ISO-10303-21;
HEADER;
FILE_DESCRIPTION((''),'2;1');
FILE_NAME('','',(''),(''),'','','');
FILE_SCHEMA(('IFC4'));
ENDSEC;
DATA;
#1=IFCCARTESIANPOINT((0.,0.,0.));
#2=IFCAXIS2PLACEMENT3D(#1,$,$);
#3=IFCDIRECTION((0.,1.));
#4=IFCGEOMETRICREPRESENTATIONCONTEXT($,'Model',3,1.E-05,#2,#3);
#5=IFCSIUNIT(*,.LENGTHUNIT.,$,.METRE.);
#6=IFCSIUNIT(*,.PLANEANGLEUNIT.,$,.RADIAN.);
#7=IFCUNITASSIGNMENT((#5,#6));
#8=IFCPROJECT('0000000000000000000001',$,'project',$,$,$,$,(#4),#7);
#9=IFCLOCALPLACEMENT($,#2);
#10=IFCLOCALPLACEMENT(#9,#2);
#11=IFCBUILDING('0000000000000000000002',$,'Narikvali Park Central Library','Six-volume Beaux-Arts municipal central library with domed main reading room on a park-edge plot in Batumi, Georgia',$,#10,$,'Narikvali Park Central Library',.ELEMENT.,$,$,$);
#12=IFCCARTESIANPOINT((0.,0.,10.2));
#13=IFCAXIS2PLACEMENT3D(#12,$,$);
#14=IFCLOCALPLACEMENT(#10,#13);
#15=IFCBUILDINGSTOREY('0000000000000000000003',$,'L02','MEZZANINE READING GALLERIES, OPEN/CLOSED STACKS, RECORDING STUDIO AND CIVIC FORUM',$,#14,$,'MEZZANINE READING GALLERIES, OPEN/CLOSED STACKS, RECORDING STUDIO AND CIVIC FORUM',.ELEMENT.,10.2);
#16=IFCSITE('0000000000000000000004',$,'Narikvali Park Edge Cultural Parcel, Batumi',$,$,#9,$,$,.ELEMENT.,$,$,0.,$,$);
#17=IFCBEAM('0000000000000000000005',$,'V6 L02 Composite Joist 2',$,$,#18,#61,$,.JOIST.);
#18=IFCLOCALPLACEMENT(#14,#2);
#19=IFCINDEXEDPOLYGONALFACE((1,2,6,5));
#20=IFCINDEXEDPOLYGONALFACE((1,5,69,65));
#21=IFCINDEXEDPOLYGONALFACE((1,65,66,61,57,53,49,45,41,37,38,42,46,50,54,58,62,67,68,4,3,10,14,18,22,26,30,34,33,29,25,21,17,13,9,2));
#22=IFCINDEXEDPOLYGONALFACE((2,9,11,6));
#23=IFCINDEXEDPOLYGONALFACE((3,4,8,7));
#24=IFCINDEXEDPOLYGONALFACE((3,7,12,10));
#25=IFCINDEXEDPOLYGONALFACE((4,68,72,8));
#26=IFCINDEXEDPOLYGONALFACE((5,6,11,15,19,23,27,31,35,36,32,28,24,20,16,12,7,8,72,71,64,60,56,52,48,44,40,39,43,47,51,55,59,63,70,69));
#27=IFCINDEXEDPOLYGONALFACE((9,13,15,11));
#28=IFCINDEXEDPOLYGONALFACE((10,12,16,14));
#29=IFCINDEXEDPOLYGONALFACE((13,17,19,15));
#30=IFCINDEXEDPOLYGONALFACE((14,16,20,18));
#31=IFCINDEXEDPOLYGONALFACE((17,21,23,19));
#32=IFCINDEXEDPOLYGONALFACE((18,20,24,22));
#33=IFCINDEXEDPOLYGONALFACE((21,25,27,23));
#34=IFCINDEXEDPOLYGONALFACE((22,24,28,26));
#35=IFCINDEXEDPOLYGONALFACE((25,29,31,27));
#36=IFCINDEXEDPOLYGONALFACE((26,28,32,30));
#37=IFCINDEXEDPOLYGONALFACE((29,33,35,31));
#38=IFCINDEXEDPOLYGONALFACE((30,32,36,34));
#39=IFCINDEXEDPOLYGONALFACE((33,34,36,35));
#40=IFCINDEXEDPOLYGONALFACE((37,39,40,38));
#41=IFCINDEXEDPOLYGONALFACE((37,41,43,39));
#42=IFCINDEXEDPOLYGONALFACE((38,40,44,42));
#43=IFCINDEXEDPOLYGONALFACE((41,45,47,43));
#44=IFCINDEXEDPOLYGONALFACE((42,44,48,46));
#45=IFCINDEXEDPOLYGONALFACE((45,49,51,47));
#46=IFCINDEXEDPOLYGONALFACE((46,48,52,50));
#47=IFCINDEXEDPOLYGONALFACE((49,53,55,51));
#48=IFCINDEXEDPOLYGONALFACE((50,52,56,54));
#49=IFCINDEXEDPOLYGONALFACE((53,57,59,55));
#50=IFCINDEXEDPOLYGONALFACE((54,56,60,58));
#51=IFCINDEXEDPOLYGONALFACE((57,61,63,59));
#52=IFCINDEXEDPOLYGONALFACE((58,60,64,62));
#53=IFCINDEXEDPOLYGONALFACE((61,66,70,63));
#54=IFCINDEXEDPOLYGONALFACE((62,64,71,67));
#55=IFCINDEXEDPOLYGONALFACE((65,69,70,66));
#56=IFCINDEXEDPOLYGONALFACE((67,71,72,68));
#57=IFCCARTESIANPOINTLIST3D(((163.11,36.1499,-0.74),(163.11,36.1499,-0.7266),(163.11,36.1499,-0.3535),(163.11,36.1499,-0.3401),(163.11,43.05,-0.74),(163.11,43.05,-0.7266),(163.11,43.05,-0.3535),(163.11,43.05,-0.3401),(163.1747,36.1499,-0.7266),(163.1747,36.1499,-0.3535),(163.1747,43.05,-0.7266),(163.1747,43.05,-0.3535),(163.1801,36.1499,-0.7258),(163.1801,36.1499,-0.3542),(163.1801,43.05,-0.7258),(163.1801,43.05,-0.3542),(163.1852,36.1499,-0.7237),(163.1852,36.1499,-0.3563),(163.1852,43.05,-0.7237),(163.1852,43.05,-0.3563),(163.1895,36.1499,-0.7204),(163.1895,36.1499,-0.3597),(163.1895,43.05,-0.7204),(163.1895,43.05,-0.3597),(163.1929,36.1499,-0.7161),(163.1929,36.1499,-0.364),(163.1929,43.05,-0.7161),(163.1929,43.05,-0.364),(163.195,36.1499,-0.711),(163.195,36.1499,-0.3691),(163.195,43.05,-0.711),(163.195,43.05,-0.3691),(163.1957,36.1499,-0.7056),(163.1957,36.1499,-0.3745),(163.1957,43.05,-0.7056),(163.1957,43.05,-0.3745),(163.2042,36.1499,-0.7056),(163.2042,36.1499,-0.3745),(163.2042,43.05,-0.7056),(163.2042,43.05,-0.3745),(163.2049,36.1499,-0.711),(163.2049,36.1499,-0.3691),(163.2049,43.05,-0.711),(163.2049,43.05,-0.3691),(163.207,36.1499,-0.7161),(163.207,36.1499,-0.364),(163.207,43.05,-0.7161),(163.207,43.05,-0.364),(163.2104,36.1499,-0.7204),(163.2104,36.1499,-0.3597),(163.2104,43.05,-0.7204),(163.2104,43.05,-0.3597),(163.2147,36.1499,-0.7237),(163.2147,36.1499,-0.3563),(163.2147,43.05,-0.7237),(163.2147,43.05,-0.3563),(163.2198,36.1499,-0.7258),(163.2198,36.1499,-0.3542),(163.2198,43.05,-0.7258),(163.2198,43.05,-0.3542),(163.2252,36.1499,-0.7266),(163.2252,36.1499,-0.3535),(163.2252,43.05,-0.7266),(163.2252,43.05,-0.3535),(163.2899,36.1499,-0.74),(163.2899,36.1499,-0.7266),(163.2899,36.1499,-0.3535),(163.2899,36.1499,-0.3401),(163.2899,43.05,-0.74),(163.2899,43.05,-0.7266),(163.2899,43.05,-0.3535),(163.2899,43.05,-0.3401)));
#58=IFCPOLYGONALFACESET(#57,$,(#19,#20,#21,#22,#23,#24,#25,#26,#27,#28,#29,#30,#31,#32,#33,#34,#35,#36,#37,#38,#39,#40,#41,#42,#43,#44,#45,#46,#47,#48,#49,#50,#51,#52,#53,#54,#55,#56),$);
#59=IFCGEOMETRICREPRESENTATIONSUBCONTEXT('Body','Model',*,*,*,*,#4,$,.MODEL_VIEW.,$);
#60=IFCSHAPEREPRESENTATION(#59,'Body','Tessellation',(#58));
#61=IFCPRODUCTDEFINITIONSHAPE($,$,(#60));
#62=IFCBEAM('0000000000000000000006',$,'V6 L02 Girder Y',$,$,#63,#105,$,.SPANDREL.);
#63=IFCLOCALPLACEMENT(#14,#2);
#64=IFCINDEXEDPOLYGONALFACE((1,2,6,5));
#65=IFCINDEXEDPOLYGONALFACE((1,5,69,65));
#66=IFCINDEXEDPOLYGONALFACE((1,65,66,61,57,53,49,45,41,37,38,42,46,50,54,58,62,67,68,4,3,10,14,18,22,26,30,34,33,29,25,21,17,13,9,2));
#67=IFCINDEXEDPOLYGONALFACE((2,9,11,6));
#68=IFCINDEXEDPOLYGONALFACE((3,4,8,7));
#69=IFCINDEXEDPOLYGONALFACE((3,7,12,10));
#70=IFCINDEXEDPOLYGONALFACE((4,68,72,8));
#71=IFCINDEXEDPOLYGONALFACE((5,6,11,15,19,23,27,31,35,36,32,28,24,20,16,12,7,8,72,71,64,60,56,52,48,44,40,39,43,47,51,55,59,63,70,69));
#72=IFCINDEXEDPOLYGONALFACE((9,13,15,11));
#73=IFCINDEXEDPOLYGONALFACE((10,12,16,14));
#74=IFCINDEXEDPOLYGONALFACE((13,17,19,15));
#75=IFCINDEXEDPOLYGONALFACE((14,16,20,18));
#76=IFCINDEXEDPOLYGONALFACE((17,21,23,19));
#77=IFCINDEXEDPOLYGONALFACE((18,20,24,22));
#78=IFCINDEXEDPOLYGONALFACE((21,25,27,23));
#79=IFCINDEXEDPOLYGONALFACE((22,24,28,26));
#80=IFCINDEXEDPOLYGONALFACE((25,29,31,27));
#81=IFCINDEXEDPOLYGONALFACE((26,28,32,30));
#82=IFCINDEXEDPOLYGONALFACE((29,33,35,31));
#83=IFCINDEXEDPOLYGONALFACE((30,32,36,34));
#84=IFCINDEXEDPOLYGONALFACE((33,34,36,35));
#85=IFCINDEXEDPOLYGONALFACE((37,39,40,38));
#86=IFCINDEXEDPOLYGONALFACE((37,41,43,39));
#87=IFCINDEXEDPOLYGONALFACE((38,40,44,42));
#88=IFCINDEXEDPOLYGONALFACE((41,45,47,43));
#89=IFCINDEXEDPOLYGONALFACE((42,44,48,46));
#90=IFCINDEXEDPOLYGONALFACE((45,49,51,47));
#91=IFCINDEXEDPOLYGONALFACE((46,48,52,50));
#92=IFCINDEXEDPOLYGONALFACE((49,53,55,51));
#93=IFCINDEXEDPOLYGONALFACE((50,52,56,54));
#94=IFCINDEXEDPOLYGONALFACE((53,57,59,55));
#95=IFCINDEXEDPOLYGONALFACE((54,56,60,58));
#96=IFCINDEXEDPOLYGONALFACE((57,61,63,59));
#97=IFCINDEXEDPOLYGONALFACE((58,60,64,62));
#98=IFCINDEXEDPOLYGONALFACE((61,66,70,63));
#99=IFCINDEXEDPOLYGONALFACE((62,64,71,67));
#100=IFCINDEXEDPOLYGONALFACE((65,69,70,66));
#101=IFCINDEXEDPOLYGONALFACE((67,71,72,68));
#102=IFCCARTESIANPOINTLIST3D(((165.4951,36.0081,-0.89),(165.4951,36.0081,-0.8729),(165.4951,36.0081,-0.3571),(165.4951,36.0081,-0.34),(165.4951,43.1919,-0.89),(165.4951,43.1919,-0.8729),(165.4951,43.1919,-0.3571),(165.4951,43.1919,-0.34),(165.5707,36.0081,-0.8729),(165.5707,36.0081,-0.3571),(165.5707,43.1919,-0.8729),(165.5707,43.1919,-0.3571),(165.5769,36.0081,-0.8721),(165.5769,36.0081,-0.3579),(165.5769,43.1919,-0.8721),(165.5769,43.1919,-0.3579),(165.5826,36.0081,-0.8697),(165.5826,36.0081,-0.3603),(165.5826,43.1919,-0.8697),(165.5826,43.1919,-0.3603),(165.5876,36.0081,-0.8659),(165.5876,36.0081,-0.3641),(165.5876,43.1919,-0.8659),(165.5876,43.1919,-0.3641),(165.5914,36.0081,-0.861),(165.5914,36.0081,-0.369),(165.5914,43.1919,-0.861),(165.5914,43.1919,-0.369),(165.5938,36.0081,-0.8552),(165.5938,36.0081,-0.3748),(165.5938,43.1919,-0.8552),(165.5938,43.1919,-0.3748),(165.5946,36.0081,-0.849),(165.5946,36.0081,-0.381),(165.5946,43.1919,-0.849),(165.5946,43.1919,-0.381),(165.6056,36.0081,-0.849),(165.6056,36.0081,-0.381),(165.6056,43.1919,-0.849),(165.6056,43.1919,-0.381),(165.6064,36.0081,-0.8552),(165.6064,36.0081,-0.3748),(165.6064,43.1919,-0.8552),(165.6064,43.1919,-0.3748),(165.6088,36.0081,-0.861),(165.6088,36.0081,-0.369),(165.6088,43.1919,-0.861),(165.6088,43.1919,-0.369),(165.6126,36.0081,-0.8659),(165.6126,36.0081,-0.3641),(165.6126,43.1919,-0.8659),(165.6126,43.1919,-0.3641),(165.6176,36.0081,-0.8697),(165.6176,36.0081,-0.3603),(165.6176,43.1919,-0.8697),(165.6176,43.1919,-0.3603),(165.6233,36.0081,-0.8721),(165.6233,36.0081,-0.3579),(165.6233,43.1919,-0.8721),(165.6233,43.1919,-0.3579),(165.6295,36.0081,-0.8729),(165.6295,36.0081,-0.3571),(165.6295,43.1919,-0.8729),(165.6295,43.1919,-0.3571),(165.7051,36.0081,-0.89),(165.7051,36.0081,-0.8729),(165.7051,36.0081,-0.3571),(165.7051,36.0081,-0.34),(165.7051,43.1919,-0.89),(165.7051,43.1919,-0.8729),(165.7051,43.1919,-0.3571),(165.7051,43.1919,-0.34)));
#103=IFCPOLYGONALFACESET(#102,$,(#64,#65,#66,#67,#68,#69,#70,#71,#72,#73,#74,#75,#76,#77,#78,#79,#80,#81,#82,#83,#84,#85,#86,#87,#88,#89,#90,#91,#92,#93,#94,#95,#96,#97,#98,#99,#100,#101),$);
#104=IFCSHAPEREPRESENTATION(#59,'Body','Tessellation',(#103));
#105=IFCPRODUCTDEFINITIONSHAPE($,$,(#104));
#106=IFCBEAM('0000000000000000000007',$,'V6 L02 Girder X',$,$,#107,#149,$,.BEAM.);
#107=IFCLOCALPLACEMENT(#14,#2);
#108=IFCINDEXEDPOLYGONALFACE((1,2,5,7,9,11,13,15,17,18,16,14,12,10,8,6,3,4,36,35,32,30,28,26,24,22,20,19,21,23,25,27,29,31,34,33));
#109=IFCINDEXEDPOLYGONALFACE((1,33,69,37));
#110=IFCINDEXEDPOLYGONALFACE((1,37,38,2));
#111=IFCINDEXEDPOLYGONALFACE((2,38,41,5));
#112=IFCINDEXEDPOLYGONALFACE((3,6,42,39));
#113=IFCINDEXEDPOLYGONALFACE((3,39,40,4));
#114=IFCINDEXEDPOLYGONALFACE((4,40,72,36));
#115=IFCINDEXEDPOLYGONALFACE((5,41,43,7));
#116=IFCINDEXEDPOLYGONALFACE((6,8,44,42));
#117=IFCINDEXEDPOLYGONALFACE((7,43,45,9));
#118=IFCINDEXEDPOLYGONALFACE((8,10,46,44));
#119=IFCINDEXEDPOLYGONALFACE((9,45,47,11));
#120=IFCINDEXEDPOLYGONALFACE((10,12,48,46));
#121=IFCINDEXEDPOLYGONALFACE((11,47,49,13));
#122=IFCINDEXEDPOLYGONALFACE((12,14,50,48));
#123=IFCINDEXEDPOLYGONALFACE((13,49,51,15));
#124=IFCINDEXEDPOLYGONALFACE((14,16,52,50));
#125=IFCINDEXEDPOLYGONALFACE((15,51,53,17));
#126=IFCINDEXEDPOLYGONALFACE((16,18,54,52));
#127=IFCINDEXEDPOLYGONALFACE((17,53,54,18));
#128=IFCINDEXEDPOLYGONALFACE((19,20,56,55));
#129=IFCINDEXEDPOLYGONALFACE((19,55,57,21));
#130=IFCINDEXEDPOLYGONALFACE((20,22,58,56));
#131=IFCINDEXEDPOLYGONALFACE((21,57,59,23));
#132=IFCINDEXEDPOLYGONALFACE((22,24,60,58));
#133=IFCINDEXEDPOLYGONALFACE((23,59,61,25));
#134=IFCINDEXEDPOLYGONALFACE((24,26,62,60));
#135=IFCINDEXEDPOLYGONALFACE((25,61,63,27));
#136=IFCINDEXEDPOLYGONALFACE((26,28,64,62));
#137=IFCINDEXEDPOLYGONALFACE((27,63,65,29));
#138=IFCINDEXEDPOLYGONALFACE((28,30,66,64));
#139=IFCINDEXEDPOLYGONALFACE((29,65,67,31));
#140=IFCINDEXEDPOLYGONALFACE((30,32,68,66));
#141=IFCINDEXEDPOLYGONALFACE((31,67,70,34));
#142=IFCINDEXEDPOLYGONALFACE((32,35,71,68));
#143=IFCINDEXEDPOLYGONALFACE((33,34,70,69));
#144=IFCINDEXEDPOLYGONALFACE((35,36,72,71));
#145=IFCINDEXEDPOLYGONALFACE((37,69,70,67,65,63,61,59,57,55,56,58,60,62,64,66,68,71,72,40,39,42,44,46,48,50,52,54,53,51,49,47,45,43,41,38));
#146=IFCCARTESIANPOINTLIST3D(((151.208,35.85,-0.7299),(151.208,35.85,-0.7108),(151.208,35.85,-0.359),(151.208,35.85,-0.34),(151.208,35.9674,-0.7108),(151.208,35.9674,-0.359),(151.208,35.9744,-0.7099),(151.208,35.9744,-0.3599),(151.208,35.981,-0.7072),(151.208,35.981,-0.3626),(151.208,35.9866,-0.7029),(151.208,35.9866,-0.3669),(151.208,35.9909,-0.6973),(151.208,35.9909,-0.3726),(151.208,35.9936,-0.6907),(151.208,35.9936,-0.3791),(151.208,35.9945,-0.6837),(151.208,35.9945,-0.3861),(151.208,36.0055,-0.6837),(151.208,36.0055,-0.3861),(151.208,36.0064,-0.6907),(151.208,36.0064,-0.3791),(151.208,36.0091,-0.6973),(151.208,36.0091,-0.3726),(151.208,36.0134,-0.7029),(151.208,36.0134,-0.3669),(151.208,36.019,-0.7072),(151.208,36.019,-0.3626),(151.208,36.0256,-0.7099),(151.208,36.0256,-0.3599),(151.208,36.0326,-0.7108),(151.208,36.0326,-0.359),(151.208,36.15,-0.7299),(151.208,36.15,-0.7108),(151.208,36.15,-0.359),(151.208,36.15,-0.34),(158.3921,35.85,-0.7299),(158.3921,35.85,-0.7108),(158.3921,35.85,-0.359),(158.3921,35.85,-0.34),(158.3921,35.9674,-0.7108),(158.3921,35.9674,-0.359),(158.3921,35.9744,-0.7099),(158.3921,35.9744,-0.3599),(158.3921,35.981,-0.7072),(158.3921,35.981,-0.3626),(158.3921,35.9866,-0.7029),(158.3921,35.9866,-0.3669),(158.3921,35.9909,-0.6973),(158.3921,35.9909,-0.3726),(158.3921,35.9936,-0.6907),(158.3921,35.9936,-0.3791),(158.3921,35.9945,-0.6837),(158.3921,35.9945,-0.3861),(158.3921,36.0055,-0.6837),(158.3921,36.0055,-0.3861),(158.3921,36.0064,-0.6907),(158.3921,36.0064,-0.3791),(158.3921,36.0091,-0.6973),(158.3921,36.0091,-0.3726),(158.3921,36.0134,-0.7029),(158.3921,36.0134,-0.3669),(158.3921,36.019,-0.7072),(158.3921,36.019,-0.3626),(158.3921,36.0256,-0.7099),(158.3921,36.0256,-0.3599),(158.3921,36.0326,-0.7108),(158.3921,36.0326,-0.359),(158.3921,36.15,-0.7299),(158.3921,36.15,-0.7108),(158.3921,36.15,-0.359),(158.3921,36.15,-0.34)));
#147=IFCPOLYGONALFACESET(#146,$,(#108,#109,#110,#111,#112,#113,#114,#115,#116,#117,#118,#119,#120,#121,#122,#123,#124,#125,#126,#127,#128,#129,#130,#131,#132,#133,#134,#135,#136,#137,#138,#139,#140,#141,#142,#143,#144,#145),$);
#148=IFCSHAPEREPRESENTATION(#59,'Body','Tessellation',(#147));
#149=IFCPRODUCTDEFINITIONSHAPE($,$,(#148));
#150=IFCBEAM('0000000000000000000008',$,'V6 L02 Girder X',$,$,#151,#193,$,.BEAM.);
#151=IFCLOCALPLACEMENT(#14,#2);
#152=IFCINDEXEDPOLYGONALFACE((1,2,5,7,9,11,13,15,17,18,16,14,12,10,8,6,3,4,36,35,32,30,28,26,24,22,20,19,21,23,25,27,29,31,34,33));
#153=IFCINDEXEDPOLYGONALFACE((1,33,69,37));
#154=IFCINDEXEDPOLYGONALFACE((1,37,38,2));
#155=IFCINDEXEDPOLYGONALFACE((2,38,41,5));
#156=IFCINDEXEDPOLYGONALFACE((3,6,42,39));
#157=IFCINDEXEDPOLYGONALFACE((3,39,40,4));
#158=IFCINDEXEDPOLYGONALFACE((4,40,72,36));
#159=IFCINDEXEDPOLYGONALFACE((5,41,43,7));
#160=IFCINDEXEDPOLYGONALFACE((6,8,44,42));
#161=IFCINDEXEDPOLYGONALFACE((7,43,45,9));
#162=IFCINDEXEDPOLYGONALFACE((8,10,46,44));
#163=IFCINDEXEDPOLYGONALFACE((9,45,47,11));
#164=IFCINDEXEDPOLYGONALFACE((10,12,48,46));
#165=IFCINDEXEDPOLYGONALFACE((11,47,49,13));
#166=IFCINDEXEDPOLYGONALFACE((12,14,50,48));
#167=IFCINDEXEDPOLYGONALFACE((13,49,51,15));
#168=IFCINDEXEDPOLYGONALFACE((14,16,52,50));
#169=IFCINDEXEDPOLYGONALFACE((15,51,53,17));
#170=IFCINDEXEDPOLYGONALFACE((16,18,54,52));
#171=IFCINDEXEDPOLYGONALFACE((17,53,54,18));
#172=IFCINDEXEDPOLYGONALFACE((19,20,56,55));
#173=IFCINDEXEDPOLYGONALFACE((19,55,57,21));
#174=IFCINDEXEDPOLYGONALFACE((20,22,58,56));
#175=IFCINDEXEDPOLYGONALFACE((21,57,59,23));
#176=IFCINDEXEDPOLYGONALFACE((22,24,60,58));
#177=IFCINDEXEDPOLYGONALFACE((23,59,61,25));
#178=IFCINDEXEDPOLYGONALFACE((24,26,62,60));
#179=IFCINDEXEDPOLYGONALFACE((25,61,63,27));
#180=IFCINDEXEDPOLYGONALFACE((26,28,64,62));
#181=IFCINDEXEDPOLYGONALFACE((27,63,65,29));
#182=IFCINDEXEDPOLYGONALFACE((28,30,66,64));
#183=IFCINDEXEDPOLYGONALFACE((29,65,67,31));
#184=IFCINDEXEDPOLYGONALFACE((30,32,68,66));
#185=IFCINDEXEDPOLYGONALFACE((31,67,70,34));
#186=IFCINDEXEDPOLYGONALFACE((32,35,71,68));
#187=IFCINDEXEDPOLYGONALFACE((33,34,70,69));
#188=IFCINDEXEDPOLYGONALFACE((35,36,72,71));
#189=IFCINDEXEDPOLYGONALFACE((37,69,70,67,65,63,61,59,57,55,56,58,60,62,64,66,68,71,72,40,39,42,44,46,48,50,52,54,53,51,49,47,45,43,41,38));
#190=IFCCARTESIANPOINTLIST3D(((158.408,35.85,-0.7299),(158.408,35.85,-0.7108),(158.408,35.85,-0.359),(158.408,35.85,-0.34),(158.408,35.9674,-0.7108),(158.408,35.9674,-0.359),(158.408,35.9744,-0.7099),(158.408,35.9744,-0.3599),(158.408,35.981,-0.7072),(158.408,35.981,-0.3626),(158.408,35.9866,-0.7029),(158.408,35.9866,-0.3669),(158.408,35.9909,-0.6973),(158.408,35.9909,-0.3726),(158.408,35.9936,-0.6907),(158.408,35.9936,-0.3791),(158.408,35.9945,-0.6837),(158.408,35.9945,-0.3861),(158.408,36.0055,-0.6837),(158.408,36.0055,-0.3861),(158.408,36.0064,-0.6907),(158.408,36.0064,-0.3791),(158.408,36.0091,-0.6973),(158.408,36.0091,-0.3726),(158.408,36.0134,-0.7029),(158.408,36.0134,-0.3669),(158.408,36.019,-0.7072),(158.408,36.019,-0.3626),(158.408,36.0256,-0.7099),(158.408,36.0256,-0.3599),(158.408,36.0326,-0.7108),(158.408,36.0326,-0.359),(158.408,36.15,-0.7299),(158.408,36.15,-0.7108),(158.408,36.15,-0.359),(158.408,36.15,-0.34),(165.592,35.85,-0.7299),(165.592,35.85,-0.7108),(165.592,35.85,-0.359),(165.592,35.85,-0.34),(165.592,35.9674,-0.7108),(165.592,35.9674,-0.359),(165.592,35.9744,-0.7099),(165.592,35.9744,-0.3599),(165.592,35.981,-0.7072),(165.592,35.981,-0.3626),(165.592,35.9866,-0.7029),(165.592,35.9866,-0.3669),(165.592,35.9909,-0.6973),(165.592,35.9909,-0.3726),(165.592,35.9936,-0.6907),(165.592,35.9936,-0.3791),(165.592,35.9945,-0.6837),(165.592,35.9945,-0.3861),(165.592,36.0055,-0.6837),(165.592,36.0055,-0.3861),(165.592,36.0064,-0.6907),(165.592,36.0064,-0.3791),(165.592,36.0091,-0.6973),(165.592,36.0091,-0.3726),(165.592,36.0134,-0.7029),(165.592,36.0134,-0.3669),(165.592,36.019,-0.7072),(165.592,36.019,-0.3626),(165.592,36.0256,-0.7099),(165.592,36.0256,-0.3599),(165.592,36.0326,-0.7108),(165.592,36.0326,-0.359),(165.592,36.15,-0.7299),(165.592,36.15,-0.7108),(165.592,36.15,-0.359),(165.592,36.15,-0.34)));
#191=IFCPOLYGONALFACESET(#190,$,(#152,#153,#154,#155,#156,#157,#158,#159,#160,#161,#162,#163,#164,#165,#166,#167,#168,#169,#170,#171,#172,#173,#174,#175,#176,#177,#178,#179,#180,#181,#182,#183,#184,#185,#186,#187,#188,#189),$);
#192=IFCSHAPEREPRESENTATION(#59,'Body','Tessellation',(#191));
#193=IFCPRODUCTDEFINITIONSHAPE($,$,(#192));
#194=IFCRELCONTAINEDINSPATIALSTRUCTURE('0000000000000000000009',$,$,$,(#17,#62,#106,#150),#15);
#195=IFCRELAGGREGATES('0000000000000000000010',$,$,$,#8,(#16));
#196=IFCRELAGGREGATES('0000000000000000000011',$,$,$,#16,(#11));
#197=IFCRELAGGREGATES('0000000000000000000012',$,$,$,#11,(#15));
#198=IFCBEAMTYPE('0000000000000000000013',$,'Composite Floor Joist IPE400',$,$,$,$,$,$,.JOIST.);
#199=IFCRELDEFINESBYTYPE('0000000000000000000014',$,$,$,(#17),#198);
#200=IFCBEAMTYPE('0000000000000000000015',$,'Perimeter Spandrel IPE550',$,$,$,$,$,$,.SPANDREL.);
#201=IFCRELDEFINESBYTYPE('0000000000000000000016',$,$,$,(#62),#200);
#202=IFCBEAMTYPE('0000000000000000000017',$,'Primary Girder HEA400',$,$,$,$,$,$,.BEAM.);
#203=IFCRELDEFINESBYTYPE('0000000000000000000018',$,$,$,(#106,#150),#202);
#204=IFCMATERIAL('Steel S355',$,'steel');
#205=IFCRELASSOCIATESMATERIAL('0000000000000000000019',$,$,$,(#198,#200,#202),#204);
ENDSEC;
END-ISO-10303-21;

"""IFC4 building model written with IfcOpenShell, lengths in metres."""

from ifc_helpers import new_model, si_unit, direction, frame, origin, origin_2d, place, context, subcontext, project, spatial, i_section, extrude, material, material_profile, profile_set, type_object, element, save


model = new_model("IFC4")

# Units and contexts
model_context = context("Model", 3, precision=1e-05, world=origin(), true_north=direction((0.0, 1.0)))
body_context = subcontext(model_context, "Body", "Model", "MODEL_VIEW")
ifc_project = project(units=[si_unit("LENGTHUNIT", "METRE"), si_unit("PLANEANGLEUNIT", "RADIAN")], contexts=[model_context])

# Site, building, storey
site_placement = place(None, origin())
site = spatial("IfcSite", under=ifc_project, at=site_placement, Name="Narikvali Park Edge Cultural Parcel, Batumi", CompositionType="ELEMENT", RefElevation=0.0)
building_placement = place(site_placement, origin())
building = spatial("IfcBuilding", under=site, at=building_placement, Name="Narikvali Park Central Library", Description="Six-volume Beaux-Arts municipal central library with domed main reading room on a park-edge plot in Batumi, Georgia", LongName="Narikvali Park Central Library", CompositionType="ELEMENT")
storey_placement = place(building_placement, frame((0.0, 0.0, 10.2)))
storey = spatial("IfcBuildingStorey", under=building, at=storey_placement, Name="L02", Description="MEZZANINE READING GALLERIES, OPEN/CLOSED STACKS, RECORDING STUDIO AND CIVIC FORUM", LongName="MEZZANINE READING GALLERIES, OPEN/CLOSED STACKS, RECORDING STUDIO AND CIVIC FORUM", CompositionType="ELEMENT", Elevation=10.2)

# Beams
ifc_material_1 = material(Name="Steel S355", Category="steel")
ifc_material_profile_1 = material_profile(ifc_material_1, i_section(OverallWidth=0.1799, OverallDepth=0.3999, WebThickness=0.0085, FlangeThickness=0.0134, FilletRadius=0.021, at=origin_2d()), Name="IPE 400")
ifc_profile_set_1 = profile_set([ifc_material_profile_1], Name="Steel S355")
beam_type_1 = type_object("IfcBeamType", Name="Composite Floor Joist IPE400", PredefinedType="JOIST", material=ifc_profile_set_1)
for number, where, z_axis, x_axis, name in (
    (1, (163.2, 36.1499, -0.54), (0.0, 1.0, 0.0), (-1.0, 0.0, 0.0), "V6 L02 Composite Joist 2"),
):
    element("IfcBeam", number, at=place(storey_placement, frame(where, z_axis=z_axis, x_axis=x_axis)), inside=storey, type_object=beam_type_1, Name=name, PredefinedType="JOIST", context=body_context, shape_type="SweptSolid", body=[
        extrude(i_section(OverallWidth=0.1799, OverallDepth=0.3999, WebThickness=0.0085, FlangeThickness=0.0134, FilletRadius=0.021, at=origin_2d()), origin(), (0.0, 0.0, 1.0), 6.9001),
    ])
ifc_material_profile_2 = material_profile(ifc_material_1, i_section(OverallWidth=0.21, OverallDepth=0.55, WebThickness=0.011, FlangeThickness=0.0171, FilletRadius=0.0239, at=origin_2d()), Name="IPE 550")
ifc_profile_set_2 = profile_set([ifc_material_profile_2], Name="Steel S355")
beam_type_2 = type_object("IfcBeamType", Name="Perimeter Spandrel IPE550", PredefinedType="SPANDREL", material=ifc_profile_set_2)
beam_placement = place(storey_placement, frame((165.6001, 36.0081, -0.615), z_axis=(0.0, 1.0, 0.0), x_axis=(-1.0, 0.0, 0.0)))
element("IfcBeam", 2, at=beam_placement, inside=storey, type_object=beam_type_2, Name="V6 L02 Girder Y", PredefinedType="SPANDREL", context=body_context, shape_type="SweptSolid", body=[
    extrude(i_section(OverallWidth=0.21, OverallDepth=0.55, WebThickness=0.011, FlangeThickness=0.0171, FilletRadius=0.0239, at=origin_2d()), origin(), (0.0, 0.0, 1.0), 7.1838),
])
ifc_material_profile_3 = material_profile(ifc_material_1, i_section(OverallWidth=0.3, OverallDepth=0.3899, WebThickness=0.011, FlangeThickness=0.019, FilletRadius=0.0271, at=origin_2d()), Name="HEA 400")
ifc_profile_set_3 = profile_set([ifc_material_profile_3], Name="Steel S355")
beam_type_3 = type_object("IfcBeamType", Name="Primary Girder HEA400", PredefinedType="BEAM", material=ifc_profile_set_3)
for number, where, z_axis, x_axis, name in (
    (3, (151.208, 36.0, -0.5349), (1.0, 0.0, 0.0), (0.0, 1.0, 0.0), "V6 L02 Girder X"),
    (4, (158.408, 36.0, -0.5349), (1.0, 0.0, 0.0), (0.0, 1.0, 0.0), "V6 L02 Girder X"),
):
    element("IfcBeam", number, at=place(storey_placement, frame(where, z_axis=z_axis, x_axis=x_axis)), inside=storey, type_object=beam_type_3, Name=name, PredefinedType="BEAM", context=body_context, shape_type="SweptSolid", body=[
        extrude(i_section(OverallWidth=0.3, OverallDepth=0.3899, WebThickness=0.011, FlangeThickness=0.019, FilletRadius=0.0271, at=origin_2d()), origin(), (0.0, 0.0, 1.0), 7.1841),
    ])

save(model, "model.ifc")
